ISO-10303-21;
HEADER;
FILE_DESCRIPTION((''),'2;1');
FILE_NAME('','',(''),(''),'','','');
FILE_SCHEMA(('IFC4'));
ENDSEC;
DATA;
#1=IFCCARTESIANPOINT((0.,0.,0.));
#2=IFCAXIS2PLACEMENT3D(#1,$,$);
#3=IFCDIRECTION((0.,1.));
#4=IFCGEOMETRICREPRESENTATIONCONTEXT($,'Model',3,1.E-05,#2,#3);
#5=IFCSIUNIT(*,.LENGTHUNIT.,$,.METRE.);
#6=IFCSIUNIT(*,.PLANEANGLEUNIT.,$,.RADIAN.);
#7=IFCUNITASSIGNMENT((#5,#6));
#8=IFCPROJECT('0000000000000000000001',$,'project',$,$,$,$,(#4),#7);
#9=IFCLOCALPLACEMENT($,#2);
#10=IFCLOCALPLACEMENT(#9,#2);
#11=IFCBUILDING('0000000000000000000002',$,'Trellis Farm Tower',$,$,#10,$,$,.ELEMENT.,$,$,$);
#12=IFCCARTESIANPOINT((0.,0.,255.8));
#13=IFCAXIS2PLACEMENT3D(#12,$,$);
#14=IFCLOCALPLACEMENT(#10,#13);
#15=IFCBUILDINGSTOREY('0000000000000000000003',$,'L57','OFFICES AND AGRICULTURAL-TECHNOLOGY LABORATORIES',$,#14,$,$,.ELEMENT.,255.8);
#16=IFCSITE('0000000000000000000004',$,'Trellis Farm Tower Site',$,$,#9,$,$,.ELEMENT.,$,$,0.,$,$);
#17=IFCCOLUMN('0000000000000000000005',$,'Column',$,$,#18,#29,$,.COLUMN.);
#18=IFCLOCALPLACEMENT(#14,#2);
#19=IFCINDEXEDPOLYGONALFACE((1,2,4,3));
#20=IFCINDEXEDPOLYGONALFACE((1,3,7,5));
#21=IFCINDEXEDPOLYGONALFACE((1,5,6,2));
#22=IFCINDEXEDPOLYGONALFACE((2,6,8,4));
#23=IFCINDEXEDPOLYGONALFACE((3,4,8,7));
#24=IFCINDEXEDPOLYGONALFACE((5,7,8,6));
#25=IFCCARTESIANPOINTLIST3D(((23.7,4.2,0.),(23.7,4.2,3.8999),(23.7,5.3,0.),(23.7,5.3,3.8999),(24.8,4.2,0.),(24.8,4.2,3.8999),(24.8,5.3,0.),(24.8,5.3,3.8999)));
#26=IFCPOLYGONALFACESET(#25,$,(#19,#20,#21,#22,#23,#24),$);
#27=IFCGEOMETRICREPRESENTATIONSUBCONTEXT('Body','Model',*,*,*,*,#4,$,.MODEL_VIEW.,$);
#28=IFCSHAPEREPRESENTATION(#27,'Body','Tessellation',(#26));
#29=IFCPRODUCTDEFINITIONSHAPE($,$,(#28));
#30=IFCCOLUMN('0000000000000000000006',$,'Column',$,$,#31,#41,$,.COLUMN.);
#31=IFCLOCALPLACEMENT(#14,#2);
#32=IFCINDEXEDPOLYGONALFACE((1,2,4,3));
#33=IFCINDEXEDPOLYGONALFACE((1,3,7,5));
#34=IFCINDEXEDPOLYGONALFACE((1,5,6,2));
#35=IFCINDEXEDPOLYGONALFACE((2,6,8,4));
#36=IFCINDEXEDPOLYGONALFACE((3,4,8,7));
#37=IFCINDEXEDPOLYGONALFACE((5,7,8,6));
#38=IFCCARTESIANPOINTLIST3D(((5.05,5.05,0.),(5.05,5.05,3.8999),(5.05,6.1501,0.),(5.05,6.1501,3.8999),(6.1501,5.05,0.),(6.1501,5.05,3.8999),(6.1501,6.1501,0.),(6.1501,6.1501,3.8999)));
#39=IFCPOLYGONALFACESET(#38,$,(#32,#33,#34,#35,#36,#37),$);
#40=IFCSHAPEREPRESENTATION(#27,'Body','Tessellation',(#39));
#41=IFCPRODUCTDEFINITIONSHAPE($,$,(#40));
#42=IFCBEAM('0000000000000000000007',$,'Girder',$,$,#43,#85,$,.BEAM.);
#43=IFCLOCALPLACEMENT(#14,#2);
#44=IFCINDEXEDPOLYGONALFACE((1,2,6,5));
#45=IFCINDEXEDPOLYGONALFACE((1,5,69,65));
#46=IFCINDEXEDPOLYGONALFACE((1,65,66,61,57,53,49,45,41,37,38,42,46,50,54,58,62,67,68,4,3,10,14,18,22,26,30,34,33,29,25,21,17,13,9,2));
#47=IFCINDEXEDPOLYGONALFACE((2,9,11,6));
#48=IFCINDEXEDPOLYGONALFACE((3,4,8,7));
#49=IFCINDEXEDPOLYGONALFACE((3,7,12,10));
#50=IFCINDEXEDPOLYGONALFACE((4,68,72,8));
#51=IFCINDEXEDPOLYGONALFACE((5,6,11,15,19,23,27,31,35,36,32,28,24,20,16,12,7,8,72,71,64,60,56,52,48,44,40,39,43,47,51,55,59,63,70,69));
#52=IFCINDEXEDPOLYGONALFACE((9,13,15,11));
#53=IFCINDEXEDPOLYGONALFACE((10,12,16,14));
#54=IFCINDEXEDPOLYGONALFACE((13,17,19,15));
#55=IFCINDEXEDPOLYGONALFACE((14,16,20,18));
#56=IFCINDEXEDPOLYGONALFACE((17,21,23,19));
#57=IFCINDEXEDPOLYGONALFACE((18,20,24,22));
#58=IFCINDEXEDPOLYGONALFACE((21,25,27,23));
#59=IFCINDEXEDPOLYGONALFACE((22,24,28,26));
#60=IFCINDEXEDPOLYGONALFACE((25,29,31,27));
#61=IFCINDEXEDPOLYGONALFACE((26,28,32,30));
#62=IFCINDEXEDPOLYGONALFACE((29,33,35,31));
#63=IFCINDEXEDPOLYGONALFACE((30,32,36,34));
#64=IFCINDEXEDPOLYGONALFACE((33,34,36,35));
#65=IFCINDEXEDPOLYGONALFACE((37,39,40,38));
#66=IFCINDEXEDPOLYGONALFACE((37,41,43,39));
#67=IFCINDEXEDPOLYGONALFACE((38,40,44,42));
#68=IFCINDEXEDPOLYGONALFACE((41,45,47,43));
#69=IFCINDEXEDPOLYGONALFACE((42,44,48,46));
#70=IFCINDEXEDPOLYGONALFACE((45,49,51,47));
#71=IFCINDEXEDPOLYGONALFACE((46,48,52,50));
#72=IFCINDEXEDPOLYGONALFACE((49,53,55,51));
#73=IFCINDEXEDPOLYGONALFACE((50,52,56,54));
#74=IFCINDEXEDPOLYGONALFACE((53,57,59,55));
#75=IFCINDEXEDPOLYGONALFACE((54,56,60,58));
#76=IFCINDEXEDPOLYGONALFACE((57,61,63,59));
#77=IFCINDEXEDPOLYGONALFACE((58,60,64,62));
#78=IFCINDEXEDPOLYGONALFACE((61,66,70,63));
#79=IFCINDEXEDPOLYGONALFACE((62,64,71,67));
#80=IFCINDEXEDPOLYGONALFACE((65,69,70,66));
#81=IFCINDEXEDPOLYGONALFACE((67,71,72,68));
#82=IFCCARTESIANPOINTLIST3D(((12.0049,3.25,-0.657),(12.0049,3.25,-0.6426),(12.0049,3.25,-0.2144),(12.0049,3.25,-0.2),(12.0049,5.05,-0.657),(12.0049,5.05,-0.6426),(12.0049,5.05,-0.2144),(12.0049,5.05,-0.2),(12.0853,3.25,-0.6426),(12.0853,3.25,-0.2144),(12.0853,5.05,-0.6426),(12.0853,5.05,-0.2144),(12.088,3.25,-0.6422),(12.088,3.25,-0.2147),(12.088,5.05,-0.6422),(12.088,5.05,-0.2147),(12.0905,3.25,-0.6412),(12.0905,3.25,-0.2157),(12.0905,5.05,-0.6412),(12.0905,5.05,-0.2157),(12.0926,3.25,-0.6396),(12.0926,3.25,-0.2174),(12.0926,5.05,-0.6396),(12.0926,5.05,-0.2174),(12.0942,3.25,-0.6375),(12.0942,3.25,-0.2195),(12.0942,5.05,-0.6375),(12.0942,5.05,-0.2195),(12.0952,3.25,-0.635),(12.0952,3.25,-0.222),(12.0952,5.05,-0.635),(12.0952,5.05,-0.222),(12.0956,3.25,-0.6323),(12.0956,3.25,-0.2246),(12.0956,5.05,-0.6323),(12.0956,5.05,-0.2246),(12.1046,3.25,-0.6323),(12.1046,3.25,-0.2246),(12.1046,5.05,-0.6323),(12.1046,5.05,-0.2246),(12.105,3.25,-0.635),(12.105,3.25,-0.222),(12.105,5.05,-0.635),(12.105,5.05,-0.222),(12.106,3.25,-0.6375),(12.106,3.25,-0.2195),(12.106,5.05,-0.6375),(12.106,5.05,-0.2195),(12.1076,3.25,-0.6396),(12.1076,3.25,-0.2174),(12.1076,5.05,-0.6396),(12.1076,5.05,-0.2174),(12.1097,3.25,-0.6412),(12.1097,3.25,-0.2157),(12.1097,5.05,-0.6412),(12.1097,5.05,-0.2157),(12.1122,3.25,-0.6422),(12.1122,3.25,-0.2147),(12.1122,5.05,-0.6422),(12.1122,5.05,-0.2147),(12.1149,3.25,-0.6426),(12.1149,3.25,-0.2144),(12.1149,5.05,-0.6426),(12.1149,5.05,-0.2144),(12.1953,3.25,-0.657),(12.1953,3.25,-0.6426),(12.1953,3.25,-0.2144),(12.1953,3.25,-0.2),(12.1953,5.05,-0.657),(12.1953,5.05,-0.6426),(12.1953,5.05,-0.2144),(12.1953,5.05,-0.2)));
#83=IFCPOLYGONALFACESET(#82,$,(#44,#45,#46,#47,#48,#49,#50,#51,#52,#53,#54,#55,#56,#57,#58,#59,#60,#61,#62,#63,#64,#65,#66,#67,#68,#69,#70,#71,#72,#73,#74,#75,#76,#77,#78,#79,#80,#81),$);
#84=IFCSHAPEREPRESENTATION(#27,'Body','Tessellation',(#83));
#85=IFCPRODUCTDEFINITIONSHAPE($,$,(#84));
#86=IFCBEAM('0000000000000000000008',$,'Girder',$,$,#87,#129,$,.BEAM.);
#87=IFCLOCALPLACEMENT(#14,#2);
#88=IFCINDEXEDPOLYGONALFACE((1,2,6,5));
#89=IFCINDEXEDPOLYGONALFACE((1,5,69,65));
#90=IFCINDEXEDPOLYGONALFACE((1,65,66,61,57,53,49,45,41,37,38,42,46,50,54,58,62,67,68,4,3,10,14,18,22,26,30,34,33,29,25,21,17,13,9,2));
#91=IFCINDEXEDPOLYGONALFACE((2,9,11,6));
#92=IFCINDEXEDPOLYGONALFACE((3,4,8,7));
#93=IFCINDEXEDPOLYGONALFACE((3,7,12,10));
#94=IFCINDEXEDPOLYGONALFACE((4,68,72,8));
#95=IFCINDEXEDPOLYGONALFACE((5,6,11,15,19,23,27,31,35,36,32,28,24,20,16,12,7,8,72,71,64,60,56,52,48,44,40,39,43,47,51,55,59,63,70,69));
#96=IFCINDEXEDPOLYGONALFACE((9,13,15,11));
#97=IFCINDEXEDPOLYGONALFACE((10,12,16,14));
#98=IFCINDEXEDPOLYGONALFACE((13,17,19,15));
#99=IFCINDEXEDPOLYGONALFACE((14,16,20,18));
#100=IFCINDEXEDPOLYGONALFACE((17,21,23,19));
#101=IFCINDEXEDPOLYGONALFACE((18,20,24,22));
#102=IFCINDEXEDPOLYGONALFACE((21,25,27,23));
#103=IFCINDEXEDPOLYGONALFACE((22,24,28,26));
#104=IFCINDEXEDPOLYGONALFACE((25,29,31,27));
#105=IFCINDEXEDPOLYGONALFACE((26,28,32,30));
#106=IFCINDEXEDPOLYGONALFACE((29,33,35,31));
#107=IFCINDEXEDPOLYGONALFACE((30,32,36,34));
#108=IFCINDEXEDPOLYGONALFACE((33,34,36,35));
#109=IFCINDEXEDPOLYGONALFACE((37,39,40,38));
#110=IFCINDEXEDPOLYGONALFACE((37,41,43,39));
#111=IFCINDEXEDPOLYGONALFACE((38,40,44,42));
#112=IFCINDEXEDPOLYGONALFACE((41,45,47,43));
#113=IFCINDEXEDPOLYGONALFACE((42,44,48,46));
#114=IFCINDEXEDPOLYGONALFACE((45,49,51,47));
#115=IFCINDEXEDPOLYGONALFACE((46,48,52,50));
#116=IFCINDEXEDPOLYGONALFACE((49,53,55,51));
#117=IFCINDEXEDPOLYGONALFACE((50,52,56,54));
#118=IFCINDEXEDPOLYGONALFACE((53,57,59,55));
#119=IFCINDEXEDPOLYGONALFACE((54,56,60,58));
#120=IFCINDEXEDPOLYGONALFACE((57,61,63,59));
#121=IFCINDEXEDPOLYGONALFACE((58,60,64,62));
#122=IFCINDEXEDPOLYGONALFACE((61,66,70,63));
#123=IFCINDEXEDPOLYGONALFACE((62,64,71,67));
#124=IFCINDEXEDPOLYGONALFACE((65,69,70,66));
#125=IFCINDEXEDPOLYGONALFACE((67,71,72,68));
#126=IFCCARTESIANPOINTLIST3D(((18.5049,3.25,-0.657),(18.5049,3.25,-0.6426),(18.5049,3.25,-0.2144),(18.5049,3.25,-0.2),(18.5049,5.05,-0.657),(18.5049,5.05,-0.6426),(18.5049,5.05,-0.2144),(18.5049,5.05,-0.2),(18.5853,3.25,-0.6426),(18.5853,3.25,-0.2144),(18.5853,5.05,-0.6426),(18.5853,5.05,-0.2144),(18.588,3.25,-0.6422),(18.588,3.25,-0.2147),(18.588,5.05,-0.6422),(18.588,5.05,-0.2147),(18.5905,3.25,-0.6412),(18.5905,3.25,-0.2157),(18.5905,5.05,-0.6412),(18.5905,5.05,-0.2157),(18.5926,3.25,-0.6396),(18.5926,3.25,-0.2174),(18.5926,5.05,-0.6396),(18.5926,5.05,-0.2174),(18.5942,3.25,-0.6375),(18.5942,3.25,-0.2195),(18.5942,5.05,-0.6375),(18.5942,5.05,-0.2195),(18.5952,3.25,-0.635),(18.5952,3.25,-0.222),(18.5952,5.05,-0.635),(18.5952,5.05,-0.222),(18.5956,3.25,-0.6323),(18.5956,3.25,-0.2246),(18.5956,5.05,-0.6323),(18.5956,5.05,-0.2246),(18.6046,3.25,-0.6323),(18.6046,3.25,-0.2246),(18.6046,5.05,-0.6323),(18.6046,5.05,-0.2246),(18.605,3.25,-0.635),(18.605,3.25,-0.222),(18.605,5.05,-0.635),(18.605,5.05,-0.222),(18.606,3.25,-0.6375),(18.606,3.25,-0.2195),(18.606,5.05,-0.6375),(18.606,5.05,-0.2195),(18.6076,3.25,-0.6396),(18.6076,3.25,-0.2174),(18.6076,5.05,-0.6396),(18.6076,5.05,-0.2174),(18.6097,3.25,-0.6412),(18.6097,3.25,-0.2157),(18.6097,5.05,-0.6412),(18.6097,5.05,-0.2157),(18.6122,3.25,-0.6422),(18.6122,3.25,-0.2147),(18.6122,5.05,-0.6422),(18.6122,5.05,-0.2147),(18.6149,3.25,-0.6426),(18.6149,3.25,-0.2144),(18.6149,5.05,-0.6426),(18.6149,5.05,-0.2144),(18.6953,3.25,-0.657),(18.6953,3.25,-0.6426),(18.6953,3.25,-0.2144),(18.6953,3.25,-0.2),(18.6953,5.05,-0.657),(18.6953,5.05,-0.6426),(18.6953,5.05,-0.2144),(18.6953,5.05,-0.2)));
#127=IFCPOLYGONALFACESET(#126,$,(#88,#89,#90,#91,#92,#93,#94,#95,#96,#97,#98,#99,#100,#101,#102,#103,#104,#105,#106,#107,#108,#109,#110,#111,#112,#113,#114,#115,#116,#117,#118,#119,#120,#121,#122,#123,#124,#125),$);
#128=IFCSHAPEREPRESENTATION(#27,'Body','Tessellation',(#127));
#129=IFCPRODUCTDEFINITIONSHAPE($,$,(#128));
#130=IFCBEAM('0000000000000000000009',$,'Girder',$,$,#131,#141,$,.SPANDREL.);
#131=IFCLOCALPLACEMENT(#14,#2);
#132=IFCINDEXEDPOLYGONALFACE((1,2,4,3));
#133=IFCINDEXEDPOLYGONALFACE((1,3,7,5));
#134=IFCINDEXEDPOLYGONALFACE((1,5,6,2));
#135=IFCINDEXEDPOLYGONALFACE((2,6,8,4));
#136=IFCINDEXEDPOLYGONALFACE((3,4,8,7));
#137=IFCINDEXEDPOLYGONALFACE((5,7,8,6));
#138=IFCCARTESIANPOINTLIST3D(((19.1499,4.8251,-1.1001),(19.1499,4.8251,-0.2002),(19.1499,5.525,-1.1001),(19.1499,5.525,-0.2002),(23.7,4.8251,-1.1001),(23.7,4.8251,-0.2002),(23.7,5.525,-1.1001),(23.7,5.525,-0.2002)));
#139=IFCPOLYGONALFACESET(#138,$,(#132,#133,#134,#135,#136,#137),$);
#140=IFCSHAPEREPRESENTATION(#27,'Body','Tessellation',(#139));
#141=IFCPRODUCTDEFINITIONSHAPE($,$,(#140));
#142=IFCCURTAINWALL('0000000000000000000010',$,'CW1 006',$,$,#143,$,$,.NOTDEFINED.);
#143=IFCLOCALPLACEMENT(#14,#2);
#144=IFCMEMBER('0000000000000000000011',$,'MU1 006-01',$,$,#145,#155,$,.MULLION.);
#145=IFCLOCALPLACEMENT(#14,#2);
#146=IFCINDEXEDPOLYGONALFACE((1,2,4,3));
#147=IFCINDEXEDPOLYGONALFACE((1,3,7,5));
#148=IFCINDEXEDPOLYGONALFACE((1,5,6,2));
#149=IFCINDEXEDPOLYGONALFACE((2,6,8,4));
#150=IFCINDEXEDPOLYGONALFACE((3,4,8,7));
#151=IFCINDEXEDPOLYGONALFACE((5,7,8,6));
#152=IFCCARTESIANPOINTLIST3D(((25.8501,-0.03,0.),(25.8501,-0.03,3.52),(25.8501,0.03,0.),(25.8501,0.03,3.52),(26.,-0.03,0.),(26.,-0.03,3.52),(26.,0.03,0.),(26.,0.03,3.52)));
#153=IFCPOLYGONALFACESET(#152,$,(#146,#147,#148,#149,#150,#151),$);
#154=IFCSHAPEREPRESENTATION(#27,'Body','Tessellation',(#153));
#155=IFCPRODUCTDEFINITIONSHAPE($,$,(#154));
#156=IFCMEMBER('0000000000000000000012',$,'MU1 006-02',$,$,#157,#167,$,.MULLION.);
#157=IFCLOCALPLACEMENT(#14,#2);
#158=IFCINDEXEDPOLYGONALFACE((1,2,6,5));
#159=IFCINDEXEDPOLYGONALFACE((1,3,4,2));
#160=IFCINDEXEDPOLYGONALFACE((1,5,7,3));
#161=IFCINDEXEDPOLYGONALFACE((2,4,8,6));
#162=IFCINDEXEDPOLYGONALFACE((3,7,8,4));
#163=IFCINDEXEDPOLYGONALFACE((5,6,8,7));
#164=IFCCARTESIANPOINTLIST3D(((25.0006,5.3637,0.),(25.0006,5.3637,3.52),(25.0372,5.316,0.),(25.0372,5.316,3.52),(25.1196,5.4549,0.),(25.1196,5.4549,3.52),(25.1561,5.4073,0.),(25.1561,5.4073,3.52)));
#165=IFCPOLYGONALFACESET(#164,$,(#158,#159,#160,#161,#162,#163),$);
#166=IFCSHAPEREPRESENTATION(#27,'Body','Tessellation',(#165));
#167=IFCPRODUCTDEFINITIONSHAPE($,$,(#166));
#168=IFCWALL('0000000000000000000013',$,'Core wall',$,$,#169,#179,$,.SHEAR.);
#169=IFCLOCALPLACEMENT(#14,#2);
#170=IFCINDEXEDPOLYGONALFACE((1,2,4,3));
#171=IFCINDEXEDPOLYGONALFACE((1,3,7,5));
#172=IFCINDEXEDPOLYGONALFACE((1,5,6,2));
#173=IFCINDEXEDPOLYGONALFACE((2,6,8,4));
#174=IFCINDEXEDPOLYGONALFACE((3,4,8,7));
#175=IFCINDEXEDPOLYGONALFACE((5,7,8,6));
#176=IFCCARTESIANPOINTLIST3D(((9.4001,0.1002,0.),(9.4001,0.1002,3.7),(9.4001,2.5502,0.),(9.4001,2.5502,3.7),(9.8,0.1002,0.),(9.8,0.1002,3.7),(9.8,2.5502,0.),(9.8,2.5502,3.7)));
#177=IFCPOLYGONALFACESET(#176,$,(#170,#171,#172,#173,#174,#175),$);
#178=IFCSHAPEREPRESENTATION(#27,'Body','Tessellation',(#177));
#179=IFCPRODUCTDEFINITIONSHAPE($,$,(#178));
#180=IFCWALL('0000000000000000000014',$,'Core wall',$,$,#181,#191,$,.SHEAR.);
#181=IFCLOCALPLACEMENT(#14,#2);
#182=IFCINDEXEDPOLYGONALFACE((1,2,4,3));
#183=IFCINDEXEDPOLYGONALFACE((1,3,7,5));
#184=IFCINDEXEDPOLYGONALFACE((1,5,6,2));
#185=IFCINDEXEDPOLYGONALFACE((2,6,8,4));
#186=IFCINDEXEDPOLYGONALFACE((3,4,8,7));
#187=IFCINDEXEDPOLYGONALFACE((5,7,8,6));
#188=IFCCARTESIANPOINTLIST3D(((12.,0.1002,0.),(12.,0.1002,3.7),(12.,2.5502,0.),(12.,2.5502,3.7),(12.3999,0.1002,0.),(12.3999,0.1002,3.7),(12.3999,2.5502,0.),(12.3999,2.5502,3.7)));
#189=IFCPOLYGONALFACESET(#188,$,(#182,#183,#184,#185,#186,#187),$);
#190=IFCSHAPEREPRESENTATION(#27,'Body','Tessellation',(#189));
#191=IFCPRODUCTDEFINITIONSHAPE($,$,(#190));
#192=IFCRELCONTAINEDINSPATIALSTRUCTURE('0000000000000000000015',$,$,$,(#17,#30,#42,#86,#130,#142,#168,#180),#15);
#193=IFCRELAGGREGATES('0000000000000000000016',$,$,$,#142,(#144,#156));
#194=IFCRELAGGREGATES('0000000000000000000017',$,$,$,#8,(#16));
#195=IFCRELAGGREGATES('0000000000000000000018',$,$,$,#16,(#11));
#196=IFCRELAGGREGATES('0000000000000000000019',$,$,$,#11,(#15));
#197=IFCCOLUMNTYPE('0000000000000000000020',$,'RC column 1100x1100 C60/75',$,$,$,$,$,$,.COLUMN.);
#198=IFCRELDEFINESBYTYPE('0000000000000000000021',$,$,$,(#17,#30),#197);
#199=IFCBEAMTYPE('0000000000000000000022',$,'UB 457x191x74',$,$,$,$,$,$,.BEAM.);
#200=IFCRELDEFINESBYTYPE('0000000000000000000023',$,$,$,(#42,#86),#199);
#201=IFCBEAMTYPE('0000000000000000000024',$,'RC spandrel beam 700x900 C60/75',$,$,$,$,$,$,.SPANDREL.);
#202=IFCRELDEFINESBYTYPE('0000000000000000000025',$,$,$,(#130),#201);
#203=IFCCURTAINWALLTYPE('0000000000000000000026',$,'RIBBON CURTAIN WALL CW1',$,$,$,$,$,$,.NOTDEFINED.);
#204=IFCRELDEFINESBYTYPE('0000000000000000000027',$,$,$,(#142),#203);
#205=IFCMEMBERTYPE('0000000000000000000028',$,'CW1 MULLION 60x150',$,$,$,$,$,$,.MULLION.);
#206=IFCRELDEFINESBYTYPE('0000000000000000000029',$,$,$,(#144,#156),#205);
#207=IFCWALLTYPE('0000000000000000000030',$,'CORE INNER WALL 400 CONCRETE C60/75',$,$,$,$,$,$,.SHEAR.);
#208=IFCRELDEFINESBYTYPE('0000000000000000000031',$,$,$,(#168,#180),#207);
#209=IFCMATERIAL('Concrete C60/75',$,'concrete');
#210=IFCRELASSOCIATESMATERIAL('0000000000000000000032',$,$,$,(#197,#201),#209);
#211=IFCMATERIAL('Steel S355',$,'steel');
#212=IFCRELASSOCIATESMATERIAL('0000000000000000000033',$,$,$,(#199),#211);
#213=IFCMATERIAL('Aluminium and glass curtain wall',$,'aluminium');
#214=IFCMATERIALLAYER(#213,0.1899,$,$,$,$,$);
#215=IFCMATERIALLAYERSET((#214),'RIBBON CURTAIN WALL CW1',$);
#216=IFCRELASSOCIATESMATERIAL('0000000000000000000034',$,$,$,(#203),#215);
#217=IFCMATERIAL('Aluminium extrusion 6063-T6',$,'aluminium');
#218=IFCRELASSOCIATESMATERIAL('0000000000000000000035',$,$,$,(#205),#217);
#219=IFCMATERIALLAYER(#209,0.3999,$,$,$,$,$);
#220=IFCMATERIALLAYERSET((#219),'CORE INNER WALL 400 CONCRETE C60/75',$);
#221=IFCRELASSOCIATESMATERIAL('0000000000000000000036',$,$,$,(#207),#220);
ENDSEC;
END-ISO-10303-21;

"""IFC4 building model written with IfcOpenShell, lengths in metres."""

from ifc_helpers import new_model, si_unit, direction, frame, frame_2d, origin, origin_2d, place, context, subcontext, project, spatial, rectangle, i_section, extrude, source, transform, mapped, material, layer, layer_set, material_profile, profile_set, type_object, element, aggregate, save


model = new_model("IFC4")

# Units and contexts
model_context = context("Model", 3, precision=1e-05, world=origin(), true_north=direction((0.0, 1.0)))
body_context = subcontext(model_context, "Body", "Model", "MODEL_VIEW")
ifc_project = project(units=[si_unit("LENGTHUNIT", "METRE"), si_unit("PLANEANGLEUNIT", "RADIAN")], contexts=[model_context])

# Site, building, storey
site_placement = place(None, origin())
site = spatial("IfcSite", under=ifc_project, at=site_placement, Name="Trellis Farm Tower Site", CompositionType="ELEMENT", RefElevation=0.0)
building_placement = place(site_placement, origin())
building = spatial("IfcBuilding", under=site, at=building_placement, Name="Trellis Farm Tower", CompositionType="ELEMENT")
storey_placement = place(building_placement, frame((0.0, 0.0, 255.8)))
storey = spatial("IfcBuildingStorey", under=building, at=storey_placement, Name="L57", Description="OFFICES AND AGRICULTURAL-TECHNOLOGY LABORATORIES", CompositionType="ELEMENT", Elevation=255.8)

# Columns
ifc_material_1 = material(Name="Concrete C60/75", Category="concrete")
ifc_material_profile_1 = material_profile(ifc_material_1, rectangle(XDim=1.1001, YDim=1.1001, at=origin_2d()), Name="RC column 1100x1100 C60/75")
ifc_profile_set_1 = profile_set([ifc_material_profile_1], Name="Concrete C60/75")
column_type = type_object("IfcColumnType", Name="RC column 1100x1100 C60/75", PredefinedType="COLUMN", material=ifc_profile_set_1)
shared_shape_1 = source(origin(), body_context, "Body", "SweptSolid", [
    extrude(rectangle(XDim=1.1001, YDim=1.1001, at=origin_2d()), origin(), (0.0, 0.0, 1.0), 3.8999),
])
for number, where, z_axis, x_axis, name in (
    (1, (24.25, 4.75, 0.0), (0.0, 0.0, 1.0), (1.0, 0.0, 0.0), "Column"),
    (2, (5.6001, 5.6001, 0.0), (0.0, 0.0, 1.0), (1.0, 0.0, 0.0), "Column"),
):
    element("IfcColumn", number, at=place(storey_placement, frame(where, z_axis=z_axis, x_axis=x_axis)), inside=storey, type_object=column_type, Name=name, PredefinedType="COLUMN", context=body_context, shape_type="MappedRepresentation", body=[
        mapped(shared_shape_1, transform((0.0, 0.0, 0.0))),
    ])

# Beams
ifc_material_2 = material(Name="Steel S355", Category="steel")
ifc_material_profile_2 = material_profile(ifc_material_2, i_section(OverallWidth=0.1904, OverallDepth=0.457, WebThickness=0.009, FlangeThickness=0.0144, FilletRadius=0.0103, at=origin_2d()), Name="UB 457x191x74")
ifc_profile_set_2 = profile_set([ifc_material_profile_2], Name="Steel S355")
beam_type_1 = type_object("IfcBeamType", Name="UB 457x191x74", PredefinedType="BEAM", material=ifc_profile_set_2)
shared_shape_2 = source(origin(), body_context, "Body", "SweptSolid", [
    extrude(i_section(OverallWidth=0.1904, OverallDepth=0.457, WebThickness=0.009, FlangeThickness=0.0144, FilletRadius=0.0103, at=origin_2d()), origin(), (0.0, 0.0, 1.0), 1.8),
])
for number, where, z_axis, x_axis, name in (
    (3, (12.1001, 3.25, -0.4285), (0.0, 1.0, 0.0), (-1.0, 0.0, 0.0), "Girder"),
    (4, (18.6001, 3.25, -0.4285), (0.0, 1.0, 0.0), (-1.0, 0.0, 0.0), "Girder"),
):
    element("IfcBeam", number, at=place(storey_placement, frame(where, z_axis=z_axis, x_axis=x_axis)), inside=storey, type_object=beam_type_1, Name=name, PredefinedType="BEAM", context=body_context, shape_type="MappedRepresentation", body=[
        mapped(shared_shape_2, transform((0.0, 0.0, 0.0))),
    ])
ifc_material_profile_3 = material_profile(ifc_material_1, rectangle(XDim=0.7, YDim=0.8999, at=origin_2d()), Name="RC spandrel beam 700x900 C60/75")
ifc_profile_set_3 = profile_set([ifc_material_profile_3], Name="Concrete C60/75")
beam_type_2 = type_object("IfcBeamType", Name="RC spandrel beam 700x900 C60/75", PredefinedType="SPANDREL", material=ifc_profile_set_3)
shared_shape_3 = source(origin(), body_context, "Body", "SweptSolid", [
    extrude(rectangle(XDim=0.7, YDim=0.8999, at=origin_2d()), origin(), (0.0, 0.0, 1.0), 4.55),
])
beam_placement = place(storey_placement, frame((19.1499, 5.175, -0.6501), z_axis=(1.0, 0.0, 0.0), x_axis=(0.0, 1.0, 0.0)))
element("IfcBeam", 5, at=beam_placement, inside=storey, type_object=beam_type_2, Name="Girder", PredefinedType="SPANDREL", context=body_context, shape_type="MappedRepresentation", body=[
    mapped(shared_shape_3, transform((0.0, 0.0, 0.0))),
])

# Curtain wall, members
ifc_material_3 = material(Name="Aluminium and glass curtain wall", Category="aluminium")
ifc_layer_1 = layer(ifc_material_3, 0.1899)
ifc_layer_set_1 = layer_set([ifc_layer_1], Name="RIBBON CURTAIN WALL CW1")
curtain_wall_type = type_object("IfcCurtainWallType", Name="RIBBON CURTAIN WALL CW1", PredefinedType="NOTDEFINED", material=ifc_layer_set_1)
curtain_wall_placement = place(storey_placement, origin())
curtain_wall = element("IfcCurtainWall", 6, at=curtain_wall_placement, inside=storey, type_object=curtain_wall_type, Name="CW1 006", PredefinedType="NOTDEFINED")
ifc_material_4 = material(Name="Aluminium extrusion 6063-T6", Category="aluminium")
ifc_material_profile_4 = material_profile(ifc_material_4, rectangle(XDim=0.0601, YDim=0.1499, at=origin_2d()), Name="MULLION 60x150")
ifc_profile_set_4 = profile_set([ifc_material_profile_4], Name="Aluminium extrusion 6063-T6")
member_type = type_object("IfcMemberType", Name="CW1 MULLION 60x150", PredefinedType="MULLION", material=ifc_profile_set_4)
shared_shape_4 = source(origin(), body_context, "Body", "SweptSolid", [
    extrude(rectangle(XDim=0.0601, YDim=0.1499, at=origin_2d()), origin(), (0.0, 0.0, 1.0), 3.52),
])
member_1_placement = place(storey_placement, frame((25.925, 0.0, 0.0), z_axis=(0.0, 0.0, 1.0), x_axis=(0.0, 1.0, 0.0)))
member_1 = element("IfcMember", 7, at=member_1_placement, type_object=member_type, Name="MU1 006-01", PredefinedType="MULLION", context=body_context, shape_type="MappedRepresentation", body=[
    mapped(shared_shape_4, transform((0.0, 0.0, 0.0))),
])
member_2_placement = place(storey_placement, frame((25.0784, 5.3855, 0.0), z_axis=(0.0, 0.0, 1.0), x_axis=(-0.608761, 0.793353, 0.0)))
member_2 = element("IfcMember", 8, at=member_2_placement, type_object=member_type, Name="MU1 006-02", PredefinedType="MULLION", context=body_context, shape_type="MappedRepresentation", body=[
    mapped(shared_shape_4, transform((0.0, 0.0, 0.0))),
])
aggregate(curtain_wall, [member_1, member_2])

# Walls
ifc_layer_2 = layer(ifc_material_1, 0.3999)
ifc_layer_set_2 = layer_set([ifc_layer_2], Name="CORE INNER WALL 400 CONCRETE C60/75")
wall_type_1 = type_object("IfcWallType", Name="CORE INNER WALL 400 CONCRETE C60/75", PredefinedType="SHEAR", material=ifc_layer_set_2)
shared_shape_5 = source(origin(), body_context, "Body", "SweptSolid", [
    extrude(rectangle(XDim=2.45, YDim=0.3999, at=frame_2d((1.2251, 0.0))), origin(), (0.0, 0.0, 1.0), 3.7),
])
for number, where, z_axis, x_axis, name in (
    (9, (9.6001, 0.1001, 0.0), (0.0, 0.0, 1.0), (0.0, 1.0, 0.0), "Core wall"),
    (10, (12.2, 0.1001, 0.0), (0.0, 0.0, 1.0), (0.0, 1.0, 0.0), "Core wall"),
):
    element("IfcWall", number, at=place(storey_placement, frame(where, z_axis=z_axis, x_axis=x_axis)), inside=storey, type_object=wall_type_1, Name=name, PredefinedType="SHEAR", context=body_context, shape_type="MappedRepresentation", body=[
        mapped(shared_shape_5, transform((0.0, 0.0, 0.0))),
    ])

save(model, "model.ifc")
